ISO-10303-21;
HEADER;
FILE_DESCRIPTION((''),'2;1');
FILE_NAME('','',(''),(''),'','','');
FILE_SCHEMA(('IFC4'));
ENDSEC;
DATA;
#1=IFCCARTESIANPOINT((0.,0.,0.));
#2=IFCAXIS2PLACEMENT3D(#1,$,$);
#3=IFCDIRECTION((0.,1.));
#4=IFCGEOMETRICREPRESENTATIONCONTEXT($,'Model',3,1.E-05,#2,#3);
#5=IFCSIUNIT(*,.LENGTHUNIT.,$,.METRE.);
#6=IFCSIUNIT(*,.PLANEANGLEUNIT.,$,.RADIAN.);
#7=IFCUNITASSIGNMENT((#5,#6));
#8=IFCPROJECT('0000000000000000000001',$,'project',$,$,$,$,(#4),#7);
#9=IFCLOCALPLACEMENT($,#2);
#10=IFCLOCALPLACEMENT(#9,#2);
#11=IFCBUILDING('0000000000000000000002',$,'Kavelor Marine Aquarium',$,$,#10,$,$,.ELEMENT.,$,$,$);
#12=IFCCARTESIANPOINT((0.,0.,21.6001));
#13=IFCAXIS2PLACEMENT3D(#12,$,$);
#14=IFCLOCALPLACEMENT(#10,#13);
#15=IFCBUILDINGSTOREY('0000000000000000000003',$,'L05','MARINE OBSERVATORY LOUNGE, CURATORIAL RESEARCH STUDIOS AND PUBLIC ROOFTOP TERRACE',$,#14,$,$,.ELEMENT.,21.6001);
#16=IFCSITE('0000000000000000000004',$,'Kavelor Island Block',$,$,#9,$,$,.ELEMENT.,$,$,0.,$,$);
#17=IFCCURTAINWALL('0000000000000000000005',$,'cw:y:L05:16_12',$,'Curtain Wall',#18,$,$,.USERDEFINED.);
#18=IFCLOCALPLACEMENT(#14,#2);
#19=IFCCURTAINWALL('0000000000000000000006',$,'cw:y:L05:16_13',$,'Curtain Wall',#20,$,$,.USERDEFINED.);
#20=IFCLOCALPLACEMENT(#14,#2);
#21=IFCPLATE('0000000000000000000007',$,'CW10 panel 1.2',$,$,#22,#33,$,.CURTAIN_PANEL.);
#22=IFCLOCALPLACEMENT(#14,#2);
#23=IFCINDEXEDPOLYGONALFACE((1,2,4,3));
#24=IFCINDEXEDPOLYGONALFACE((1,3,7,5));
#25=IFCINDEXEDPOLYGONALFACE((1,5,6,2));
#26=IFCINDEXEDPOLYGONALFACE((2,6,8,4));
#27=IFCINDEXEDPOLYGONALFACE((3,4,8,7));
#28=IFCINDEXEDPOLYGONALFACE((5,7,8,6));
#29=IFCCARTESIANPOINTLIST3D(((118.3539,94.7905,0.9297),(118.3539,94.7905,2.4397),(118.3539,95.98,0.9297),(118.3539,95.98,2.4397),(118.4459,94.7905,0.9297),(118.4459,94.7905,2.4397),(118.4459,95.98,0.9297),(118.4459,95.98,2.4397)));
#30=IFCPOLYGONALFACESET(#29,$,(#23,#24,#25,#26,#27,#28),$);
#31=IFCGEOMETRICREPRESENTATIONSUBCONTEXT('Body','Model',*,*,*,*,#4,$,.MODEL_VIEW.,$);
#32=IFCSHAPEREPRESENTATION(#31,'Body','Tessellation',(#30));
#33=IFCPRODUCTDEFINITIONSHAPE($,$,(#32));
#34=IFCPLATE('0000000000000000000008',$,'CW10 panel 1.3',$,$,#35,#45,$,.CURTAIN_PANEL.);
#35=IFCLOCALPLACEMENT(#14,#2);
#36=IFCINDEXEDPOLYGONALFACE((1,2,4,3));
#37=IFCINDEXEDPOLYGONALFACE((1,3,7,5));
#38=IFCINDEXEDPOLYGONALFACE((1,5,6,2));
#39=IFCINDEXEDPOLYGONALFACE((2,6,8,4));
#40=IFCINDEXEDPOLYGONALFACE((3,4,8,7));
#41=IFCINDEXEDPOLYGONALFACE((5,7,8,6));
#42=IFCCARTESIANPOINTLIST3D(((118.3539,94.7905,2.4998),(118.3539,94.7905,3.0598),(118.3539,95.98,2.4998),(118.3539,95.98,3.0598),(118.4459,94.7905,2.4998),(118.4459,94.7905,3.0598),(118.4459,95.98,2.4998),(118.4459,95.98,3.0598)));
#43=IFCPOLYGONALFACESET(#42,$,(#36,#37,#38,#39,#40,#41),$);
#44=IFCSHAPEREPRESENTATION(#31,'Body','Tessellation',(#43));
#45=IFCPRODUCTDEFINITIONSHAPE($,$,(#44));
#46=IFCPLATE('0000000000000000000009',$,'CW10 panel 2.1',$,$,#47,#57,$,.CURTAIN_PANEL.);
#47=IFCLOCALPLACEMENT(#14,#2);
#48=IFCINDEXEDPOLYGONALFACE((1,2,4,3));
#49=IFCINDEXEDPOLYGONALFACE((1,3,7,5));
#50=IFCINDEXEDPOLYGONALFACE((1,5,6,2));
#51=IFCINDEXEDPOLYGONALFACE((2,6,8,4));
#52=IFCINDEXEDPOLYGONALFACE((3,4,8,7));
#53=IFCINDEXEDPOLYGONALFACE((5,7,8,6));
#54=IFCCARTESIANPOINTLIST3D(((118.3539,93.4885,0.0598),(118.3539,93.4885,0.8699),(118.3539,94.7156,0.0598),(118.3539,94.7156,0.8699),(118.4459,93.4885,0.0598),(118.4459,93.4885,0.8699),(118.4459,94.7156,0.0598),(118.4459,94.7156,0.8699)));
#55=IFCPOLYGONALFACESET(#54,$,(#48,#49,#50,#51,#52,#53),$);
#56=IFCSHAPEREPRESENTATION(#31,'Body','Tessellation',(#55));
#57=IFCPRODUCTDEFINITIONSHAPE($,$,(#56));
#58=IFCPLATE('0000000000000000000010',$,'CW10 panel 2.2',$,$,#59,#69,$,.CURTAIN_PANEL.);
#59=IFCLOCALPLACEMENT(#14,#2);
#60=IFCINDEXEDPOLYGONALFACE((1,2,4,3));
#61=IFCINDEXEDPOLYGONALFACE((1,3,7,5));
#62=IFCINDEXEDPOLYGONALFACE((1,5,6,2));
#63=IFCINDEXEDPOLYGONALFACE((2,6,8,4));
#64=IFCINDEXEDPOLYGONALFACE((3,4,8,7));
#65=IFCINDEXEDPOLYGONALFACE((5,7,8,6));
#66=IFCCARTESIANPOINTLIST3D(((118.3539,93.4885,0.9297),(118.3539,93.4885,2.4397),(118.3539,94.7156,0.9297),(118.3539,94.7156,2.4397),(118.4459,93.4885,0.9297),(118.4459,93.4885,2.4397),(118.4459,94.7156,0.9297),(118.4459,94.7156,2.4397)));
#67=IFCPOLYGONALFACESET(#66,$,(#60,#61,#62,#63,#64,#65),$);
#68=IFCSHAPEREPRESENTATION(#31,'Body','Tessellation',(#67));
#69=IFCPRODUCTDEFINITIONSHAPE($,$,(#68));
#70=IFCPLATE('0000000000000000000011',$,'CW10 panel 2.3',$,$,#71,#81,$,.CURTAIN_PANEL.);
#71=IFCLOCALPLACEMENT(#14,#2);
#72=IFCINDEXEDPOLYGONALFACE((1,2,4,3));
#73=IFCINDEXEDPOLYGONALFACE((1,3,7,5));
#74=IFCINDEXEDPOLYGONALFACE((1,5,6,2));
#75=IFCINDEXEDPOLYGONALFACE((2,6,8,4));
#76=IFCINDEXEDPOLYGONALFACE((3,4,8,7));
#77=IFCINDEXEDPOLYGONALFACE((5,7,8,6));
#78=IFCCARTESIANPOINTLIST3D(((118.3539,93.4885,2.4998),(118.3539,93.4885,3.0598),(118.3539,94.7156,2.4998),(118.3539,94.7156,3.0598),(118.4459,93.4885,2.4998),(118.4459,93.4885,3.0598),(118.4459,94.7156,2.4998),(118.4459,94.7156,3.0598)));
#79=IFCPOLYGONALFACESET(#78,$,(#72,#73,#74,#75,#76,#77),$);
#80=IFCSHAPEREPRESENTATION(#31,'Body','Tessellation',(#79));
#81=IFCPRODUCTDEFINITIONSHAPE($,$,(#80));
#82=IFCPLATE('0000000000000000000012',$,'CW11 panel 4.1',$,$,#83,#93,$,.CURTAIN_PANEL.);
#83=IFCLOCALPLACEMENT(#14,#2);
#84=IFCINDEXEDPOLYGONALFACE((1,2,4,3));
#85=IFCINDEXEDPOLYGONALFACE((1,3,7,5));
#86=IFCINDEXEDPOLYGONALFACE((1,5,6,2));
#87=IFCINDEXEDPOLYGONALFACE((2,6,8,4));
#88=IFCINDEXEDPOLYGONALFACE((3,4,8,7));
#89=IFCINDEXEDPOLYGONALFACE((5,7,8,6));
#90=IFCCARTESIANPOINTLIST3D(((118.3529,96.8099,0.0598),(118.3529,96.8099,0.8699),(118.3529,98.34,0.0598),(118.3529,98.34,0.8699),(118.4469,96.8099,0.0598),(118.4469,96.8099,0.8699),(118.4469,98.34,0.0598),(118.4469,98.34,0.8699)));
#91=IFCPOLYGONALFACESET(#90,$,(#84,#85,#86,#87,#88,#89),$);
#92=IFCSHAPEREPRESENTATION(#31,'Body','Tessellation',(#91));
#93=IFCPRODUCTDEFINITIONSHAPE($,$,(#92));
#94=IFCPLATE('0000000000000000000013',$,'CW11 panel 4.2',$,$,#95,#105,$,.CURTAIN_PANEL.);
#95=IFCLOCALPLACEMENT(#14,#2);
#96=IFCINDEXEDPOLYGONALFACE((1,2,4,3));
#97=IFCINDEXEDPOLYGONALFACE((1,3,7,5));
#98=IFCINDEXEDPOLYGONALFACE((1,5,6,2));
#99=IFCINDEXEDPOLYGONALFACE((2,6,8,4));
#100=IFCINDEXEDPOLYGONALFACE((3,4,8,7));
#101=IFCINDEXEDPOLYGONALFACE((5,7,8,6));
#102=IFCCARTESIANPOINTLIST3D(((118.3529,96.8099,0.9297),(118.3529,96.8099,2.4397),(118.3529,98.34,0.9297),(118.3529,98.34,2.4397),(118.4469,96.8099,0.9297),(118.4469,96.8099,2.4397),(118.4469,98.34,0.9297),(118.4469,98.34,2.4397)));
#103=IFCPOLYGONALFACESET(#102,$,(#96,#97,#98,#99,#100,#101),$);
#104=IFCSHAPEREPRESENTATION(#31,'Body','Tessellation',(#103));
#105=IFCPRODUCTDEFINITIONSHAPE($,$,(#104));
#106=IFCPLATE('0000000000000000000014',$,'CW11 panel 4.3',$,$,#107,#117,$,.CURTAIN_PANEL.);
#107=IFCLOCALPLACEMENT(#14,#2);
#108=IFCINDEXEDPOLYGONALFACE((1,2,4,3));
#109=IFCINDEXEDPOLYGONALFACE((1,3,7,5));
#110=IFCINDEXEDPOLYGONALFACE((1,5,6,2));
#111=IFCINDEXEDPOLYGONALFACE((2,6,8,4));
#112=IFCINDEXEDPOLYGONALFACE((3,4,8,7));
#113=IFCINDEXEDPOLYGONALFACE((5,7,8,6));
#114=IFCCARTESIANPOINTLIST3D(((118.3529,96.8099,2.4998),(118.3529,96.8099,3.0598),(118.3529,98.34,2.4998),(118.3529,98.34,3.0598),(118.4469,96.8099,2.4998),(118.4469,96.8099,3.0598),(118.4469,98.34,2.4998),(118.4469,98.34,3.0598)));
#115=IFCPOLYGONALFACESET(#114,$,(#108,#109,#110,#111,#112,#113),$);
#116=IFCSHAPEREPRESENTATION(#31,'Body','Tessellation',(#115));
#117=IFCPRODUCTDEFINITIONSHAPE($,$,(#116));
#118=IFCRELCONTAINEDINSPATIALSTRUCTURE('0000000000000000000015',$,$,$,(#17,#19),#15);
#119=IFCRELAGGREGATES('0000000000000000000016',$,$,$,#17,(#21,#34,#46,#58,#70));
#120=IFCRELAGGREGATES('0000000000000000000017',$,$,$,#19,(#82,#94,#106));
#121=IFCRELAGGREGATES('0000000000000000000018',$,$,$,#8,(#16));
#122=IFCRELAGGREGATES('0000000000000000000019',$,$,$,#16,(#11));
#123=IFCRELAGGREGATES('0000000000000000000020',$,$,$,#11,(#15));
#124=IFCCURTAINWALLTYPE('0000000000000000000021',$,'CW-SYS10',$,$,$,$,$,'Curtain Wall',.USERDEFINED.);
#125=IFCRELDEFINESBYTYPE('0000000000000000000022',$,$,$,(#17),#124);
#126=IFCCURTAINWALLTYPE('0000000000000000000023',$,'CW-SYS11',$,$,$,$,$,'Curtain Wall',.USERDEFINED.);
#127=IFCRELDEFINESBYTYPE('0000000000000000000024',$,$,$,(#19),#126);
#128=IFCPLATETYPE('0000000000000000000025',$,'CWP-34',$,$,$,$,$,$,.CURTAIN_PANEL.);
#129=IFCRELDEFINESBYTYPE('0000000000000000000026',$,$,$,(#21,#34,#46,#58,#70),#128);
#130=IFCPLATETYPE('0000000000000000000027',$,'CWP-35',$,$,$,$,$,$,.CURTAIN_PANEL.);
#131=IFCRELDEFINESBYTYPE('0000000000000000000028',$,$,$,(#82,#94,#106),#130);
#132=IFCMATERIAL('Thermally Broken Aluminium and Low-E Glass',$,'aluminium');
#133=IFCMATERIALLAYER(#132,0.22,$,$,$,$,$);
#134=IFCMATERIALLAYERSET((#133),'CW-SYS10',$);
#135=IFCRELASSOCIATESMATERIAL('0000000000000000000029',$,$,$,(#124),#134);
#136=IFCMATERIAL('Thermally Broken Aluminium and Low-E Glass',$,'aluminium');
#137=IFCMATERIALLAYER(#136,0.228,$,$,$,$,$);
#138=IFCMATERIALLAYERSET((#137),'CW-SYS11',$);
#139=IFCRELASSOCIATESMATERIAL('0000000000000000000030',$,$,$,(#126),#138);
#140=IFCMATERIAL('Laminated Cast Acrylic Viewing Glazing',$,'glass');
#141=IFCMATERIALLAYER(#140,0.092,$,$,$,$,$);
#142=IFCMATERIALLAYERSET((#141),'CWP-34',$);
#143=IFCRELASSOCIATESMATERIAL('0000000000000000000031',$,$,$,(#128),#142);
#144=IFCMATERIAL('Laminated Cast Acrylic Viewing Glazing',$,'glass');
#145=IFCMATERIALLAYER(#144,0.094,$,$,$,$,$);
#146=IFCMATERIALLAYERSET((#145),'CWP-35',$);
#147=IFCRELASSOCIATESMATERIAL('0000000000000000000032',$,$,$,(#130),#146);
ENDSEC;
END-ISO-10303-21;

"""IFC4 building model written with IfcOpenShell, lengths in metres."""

from ifc_helpers import new_model, si_unit, direction, frame, origin, origin_2d, place, context, subcontext, project, spatial, rectangle, extrude, material, layer, layer_set, type_object, element, aggregate, save


model = new_model("IFC4")

# Units and contexts
model_context = context("Model", 3, precision=1e-05, world=origin(), true_north=direction((0.0, 1.0)))
body_context = subcontext(model_context, "Body", "Model", "MODEL_VIEW")
ifc_project = project(units=[si_unit("LENGTHUNIT", "METRE"), si_unit("PLANEANGLEUNIT", "RADIAN")], contexts=[model_context])

# Site, building, storey
site_placement = place(None, origin())
site = spatial("IfcSite", under=ifc_project, at=site_placement, Name="Kavelor Island Block", CompositionType="ELEMENT", RefElevation=0.0)
building_placement = place(site_placement, origin())
building = spatial("IfcBuilding", under=site, at=building_placement, Name="Kavelor Marine Aquarium", CompositionType="ELEMENT")
storey_placement = place(building_placement, frame((0.0, 0.0, 21.6001)))
storey = spatial("IfcBuildingStorey", under=building, at=storey_placement, Name="L05", Description="MARINE OBSERVATORY LOUNGE, CURATORIAL RESEARCH STUDIOS AND PUBLIC ROOFTOP TERRACE", CompositionType="ELEMENT", Elevation=21.6001)

# Curtain wall
ifc_material_1 = material(Name="Thermally Broken Aluminium and Low-E Glass", Category="aluminium")
ifc_layer_1 = layer(ifc_material_1, 0.22)
ifc_layer_set_1 = layer_set([ifc_layer_1], Name="CW-SYS10")
curtain_wall_type_1 = type_object("IfcCurtainWallType", Name="CW-SYS10", ElementType="Curtain Wall", PredefinedType="USERDEFINED", material=ifc_layer_set_1)
curtain_wall_1_placement = place(storey_placement, origin())
curtain_wall_1 = element("IfcCurtainWall", 1, at=curtain_wall_1_placement, inside=storey, type_object=curtain_wall_type_1, Name="cw:y:L05:16_12", ObjectType="Curtain Wall", PredefinedType="USERDEFINED")

# Curtain wall
ifc_material_2 = material(Name="Thermally Broken Aluminium and Low-E Glass", Category="aluminium")
ifc_layer_2 = layer(ifc_material_2, 0.228)
ifc_layer_set_2 = layer_set([ifc_layer_2], Name="CW-SYS11")
curtain_wall_type_2 = type_object("IfcCurtainWallType", Name="CW-SYS11", ElementType="Curtain Wall", PredefinedType="USERDEFINED", material=ifc_layer_set_2)
curtain_wall_2_placement = place(storey_placement, origin())
curtain_wall_2 = element("IfcCurtainWall", 2, at=curtain_wall_2_placement, inside=storey, type_object=curtain_wall_type_2, Name="cw:y:L05:16_13", ObjectType="Curtain Wall", PredefinedType="USERDEFINED")

# Plates
ifc_material_3 = material(Name="Laminated Cast Acrylic Viewing Glazing", Category="glass")
ifc_layer_3 = layer(ifc_material_3, 0.092)
ifc_layer_set_3 = layer_set([ifc_layer_3], Name="CWP-34")
plate_type_1 = type_object("IfcPlateType", Name="CWP-34", PredefinedType="CURTAIN_PANEL", material=ifc_layer_set_3)
plate_1_placement = place(storey_placement, frame((118.3999, 95.3853, 0.9297), z_axis=(0.0, 0.0, 1.0), x_axis=(0.0, -1.0, 0.0)))
plate_1 = element("IfcPlate", 3, at=plate_1_placement, type_object=plate_type_1, Name="CW10 panel 1.2", PredefinedType="CURTAIN_PANEL", context=body_context, shape_type="SweptSolid", body=[
    extrude(rectangle(XDim=1.1895, YDim=0.092, at=origin_2d()), origin(), (0.0, 0.0, 1.0), 1.51),
])
plate_2_placement = place(storey_placement, frame((118.3999, 95.3853, 2.4998), z_axis=(0.0, 0.0, 1.0), x_axis=(0.0, -1.0, 0.0)))
plate_2 = element("IfcPlate", 4, at=plate_2_placement, type_object=plate_type_1, Name="CW10 panel 1.3", PredefinedType="CURTAIN_PANEL", context=body_context, shape_type="SweptSolid", body=[
    extrude(rectangle(XDim=1.1895, YDim=0.092, at=origin_2d()), origin(), (0.0, 0.0, 1.0), 0.5601),
])
plate_3_placement = place(storey_placement, frame((118.3999, 94.1021, 0.0598), z_axis=(0.0, 0.0, 1.0), x_axis=(0.0, -1.0, 0.0)))
plate_3 = element("IfcPlate", 5, at=plate_3_placement, type_object=plate_type_1, Name="CW10 panel 2.1", PredefinedType="CURTAIN_PANEL", context=body_context, shape_type="SweptSolid", body=[
    extrude(rectangle(XDim=1.2271, YDim=0.092, at=origin_2d()), origin(), (0.0, 0.0, 1.0), 0.8101),
])
plate_4_placement = place(storey_placement, frame((118.3999, 94.1021, 0.9297), z_axis=(0.0, 0.0, 1.0), x_axis=(0.0, -1.0, 0.0)))
plate_4 = element("IfcPlate", 6, at=plate_4_placement, type_object=plate_type_1, Name="CW10 panel 2.2", PredefinedType="CURTAIN_PANEL", context=body_context, shape_type="SweptSolid", body=[
    extrude(rectangle(XDim=1.2271, YDim=0.092, at=origin_2d()), origin(), (0.0, 0.0, 1.0), 1.51),
])
plate_5_placement = place(storey_placement, frame((118.3999, 94.1021, 2.4998), z_axis=(0.0, 0.0, 1.0), x_axis=(0.0, -1.0, 0.0)))
plate_5 = element("IfcPlate", 7, at=plate_5_placement, type_object=plate_type_1, Name="CW10 panel 2.3", PredefinedType="CURTAIN_PANEL", context=body_context, shape_type="SweptSolid", body=[
    extrude(rectangle(XDim=1.2271, YDim=0.092, at=origin_2d()), origin(), (0.0, 0.0, 1.0), 0.5601),
])
aggregate(curtain_wall_1, [plate_1, plate_2, plate_3, plate_4, plate_5])
ifc_material_4 = material(Name="Laminated Cast Acrylic Viewing Glazing", Category="glass")
ifc_layer_4 = layer(ifc_material_4, 0.094)
ifc_layer_set_4 = layer_set([ifc_layer_4], Name="CWP-35")
plate_type_2 = type_object("IfcPlateType", Name="CWP-35", PredefinedType="CURTAIN_PANEL", material=ifc_layer_set_4)
plate_6_placement = place(storey_placement, frame((118.3999, 97.575, 0.0598), z_axis=(0.0, 0.0, 1.0), x_axis=(0.0, -1.0, 0.0)))
plate_6 = element("IfcPlate", 8, at=plate_6_placement, type_object=plate_type_2, Name="CW11 panel 4.1", PredefinedType="CURTAIN_PANEL", context=body_context, shape_type="SweptSolid", body=[
    extrude(rectangle(XDim=1.53, YDim=0.094, at=origin_2d()), origin(), (0.0, 0.0, 1.0), 0.8101),
])
plate_7_placement = place(storey_placement, frame((118.3999, 97.575, 0.9297), z_axis=(0.0, 0.0, 1.0), x_axis=(0.0, -1.0, 0.0)))
plate_7 = element("IfcPlate", 9, at=plate_7_placement, type_object=plate_type_2, Name="CW11 panel 4.2", PredefinedType="CURTAIN_PANEL", context=body_context, shape_type="SweptSolid", body=[
    extrude(rectangle(XDim=1.53, YDim=0.094, at=origin_2d()), origin(), (0.0, 0.0, 1.0), 1.51),
])
plate_8_placement = place(storey_placement, frame((118.3999, 97.575, 2.4998), z_axis=(0.0, 0.0, 1.0), x_axis=(0.0, -1.0, 0.0)))
plate_8 = element("IfcPlate", 10, at=plate_8_placement, type_object=plate_type_2, Name="CW11 panel 4.3", PredefinedType="CURTAIN_PANEL", context=body_context, shape_type="SweptSolid", body=[
    extrude(rectangle(XDim=1.53, YDim=0.094, at=origin_2d()), origin(), (0.0, 0.0, 1.0), 0.5601),
])
aggregate(curtain_wall_2, [plate_6, plate_7, plate_8])

save(model, "model.ifc")
